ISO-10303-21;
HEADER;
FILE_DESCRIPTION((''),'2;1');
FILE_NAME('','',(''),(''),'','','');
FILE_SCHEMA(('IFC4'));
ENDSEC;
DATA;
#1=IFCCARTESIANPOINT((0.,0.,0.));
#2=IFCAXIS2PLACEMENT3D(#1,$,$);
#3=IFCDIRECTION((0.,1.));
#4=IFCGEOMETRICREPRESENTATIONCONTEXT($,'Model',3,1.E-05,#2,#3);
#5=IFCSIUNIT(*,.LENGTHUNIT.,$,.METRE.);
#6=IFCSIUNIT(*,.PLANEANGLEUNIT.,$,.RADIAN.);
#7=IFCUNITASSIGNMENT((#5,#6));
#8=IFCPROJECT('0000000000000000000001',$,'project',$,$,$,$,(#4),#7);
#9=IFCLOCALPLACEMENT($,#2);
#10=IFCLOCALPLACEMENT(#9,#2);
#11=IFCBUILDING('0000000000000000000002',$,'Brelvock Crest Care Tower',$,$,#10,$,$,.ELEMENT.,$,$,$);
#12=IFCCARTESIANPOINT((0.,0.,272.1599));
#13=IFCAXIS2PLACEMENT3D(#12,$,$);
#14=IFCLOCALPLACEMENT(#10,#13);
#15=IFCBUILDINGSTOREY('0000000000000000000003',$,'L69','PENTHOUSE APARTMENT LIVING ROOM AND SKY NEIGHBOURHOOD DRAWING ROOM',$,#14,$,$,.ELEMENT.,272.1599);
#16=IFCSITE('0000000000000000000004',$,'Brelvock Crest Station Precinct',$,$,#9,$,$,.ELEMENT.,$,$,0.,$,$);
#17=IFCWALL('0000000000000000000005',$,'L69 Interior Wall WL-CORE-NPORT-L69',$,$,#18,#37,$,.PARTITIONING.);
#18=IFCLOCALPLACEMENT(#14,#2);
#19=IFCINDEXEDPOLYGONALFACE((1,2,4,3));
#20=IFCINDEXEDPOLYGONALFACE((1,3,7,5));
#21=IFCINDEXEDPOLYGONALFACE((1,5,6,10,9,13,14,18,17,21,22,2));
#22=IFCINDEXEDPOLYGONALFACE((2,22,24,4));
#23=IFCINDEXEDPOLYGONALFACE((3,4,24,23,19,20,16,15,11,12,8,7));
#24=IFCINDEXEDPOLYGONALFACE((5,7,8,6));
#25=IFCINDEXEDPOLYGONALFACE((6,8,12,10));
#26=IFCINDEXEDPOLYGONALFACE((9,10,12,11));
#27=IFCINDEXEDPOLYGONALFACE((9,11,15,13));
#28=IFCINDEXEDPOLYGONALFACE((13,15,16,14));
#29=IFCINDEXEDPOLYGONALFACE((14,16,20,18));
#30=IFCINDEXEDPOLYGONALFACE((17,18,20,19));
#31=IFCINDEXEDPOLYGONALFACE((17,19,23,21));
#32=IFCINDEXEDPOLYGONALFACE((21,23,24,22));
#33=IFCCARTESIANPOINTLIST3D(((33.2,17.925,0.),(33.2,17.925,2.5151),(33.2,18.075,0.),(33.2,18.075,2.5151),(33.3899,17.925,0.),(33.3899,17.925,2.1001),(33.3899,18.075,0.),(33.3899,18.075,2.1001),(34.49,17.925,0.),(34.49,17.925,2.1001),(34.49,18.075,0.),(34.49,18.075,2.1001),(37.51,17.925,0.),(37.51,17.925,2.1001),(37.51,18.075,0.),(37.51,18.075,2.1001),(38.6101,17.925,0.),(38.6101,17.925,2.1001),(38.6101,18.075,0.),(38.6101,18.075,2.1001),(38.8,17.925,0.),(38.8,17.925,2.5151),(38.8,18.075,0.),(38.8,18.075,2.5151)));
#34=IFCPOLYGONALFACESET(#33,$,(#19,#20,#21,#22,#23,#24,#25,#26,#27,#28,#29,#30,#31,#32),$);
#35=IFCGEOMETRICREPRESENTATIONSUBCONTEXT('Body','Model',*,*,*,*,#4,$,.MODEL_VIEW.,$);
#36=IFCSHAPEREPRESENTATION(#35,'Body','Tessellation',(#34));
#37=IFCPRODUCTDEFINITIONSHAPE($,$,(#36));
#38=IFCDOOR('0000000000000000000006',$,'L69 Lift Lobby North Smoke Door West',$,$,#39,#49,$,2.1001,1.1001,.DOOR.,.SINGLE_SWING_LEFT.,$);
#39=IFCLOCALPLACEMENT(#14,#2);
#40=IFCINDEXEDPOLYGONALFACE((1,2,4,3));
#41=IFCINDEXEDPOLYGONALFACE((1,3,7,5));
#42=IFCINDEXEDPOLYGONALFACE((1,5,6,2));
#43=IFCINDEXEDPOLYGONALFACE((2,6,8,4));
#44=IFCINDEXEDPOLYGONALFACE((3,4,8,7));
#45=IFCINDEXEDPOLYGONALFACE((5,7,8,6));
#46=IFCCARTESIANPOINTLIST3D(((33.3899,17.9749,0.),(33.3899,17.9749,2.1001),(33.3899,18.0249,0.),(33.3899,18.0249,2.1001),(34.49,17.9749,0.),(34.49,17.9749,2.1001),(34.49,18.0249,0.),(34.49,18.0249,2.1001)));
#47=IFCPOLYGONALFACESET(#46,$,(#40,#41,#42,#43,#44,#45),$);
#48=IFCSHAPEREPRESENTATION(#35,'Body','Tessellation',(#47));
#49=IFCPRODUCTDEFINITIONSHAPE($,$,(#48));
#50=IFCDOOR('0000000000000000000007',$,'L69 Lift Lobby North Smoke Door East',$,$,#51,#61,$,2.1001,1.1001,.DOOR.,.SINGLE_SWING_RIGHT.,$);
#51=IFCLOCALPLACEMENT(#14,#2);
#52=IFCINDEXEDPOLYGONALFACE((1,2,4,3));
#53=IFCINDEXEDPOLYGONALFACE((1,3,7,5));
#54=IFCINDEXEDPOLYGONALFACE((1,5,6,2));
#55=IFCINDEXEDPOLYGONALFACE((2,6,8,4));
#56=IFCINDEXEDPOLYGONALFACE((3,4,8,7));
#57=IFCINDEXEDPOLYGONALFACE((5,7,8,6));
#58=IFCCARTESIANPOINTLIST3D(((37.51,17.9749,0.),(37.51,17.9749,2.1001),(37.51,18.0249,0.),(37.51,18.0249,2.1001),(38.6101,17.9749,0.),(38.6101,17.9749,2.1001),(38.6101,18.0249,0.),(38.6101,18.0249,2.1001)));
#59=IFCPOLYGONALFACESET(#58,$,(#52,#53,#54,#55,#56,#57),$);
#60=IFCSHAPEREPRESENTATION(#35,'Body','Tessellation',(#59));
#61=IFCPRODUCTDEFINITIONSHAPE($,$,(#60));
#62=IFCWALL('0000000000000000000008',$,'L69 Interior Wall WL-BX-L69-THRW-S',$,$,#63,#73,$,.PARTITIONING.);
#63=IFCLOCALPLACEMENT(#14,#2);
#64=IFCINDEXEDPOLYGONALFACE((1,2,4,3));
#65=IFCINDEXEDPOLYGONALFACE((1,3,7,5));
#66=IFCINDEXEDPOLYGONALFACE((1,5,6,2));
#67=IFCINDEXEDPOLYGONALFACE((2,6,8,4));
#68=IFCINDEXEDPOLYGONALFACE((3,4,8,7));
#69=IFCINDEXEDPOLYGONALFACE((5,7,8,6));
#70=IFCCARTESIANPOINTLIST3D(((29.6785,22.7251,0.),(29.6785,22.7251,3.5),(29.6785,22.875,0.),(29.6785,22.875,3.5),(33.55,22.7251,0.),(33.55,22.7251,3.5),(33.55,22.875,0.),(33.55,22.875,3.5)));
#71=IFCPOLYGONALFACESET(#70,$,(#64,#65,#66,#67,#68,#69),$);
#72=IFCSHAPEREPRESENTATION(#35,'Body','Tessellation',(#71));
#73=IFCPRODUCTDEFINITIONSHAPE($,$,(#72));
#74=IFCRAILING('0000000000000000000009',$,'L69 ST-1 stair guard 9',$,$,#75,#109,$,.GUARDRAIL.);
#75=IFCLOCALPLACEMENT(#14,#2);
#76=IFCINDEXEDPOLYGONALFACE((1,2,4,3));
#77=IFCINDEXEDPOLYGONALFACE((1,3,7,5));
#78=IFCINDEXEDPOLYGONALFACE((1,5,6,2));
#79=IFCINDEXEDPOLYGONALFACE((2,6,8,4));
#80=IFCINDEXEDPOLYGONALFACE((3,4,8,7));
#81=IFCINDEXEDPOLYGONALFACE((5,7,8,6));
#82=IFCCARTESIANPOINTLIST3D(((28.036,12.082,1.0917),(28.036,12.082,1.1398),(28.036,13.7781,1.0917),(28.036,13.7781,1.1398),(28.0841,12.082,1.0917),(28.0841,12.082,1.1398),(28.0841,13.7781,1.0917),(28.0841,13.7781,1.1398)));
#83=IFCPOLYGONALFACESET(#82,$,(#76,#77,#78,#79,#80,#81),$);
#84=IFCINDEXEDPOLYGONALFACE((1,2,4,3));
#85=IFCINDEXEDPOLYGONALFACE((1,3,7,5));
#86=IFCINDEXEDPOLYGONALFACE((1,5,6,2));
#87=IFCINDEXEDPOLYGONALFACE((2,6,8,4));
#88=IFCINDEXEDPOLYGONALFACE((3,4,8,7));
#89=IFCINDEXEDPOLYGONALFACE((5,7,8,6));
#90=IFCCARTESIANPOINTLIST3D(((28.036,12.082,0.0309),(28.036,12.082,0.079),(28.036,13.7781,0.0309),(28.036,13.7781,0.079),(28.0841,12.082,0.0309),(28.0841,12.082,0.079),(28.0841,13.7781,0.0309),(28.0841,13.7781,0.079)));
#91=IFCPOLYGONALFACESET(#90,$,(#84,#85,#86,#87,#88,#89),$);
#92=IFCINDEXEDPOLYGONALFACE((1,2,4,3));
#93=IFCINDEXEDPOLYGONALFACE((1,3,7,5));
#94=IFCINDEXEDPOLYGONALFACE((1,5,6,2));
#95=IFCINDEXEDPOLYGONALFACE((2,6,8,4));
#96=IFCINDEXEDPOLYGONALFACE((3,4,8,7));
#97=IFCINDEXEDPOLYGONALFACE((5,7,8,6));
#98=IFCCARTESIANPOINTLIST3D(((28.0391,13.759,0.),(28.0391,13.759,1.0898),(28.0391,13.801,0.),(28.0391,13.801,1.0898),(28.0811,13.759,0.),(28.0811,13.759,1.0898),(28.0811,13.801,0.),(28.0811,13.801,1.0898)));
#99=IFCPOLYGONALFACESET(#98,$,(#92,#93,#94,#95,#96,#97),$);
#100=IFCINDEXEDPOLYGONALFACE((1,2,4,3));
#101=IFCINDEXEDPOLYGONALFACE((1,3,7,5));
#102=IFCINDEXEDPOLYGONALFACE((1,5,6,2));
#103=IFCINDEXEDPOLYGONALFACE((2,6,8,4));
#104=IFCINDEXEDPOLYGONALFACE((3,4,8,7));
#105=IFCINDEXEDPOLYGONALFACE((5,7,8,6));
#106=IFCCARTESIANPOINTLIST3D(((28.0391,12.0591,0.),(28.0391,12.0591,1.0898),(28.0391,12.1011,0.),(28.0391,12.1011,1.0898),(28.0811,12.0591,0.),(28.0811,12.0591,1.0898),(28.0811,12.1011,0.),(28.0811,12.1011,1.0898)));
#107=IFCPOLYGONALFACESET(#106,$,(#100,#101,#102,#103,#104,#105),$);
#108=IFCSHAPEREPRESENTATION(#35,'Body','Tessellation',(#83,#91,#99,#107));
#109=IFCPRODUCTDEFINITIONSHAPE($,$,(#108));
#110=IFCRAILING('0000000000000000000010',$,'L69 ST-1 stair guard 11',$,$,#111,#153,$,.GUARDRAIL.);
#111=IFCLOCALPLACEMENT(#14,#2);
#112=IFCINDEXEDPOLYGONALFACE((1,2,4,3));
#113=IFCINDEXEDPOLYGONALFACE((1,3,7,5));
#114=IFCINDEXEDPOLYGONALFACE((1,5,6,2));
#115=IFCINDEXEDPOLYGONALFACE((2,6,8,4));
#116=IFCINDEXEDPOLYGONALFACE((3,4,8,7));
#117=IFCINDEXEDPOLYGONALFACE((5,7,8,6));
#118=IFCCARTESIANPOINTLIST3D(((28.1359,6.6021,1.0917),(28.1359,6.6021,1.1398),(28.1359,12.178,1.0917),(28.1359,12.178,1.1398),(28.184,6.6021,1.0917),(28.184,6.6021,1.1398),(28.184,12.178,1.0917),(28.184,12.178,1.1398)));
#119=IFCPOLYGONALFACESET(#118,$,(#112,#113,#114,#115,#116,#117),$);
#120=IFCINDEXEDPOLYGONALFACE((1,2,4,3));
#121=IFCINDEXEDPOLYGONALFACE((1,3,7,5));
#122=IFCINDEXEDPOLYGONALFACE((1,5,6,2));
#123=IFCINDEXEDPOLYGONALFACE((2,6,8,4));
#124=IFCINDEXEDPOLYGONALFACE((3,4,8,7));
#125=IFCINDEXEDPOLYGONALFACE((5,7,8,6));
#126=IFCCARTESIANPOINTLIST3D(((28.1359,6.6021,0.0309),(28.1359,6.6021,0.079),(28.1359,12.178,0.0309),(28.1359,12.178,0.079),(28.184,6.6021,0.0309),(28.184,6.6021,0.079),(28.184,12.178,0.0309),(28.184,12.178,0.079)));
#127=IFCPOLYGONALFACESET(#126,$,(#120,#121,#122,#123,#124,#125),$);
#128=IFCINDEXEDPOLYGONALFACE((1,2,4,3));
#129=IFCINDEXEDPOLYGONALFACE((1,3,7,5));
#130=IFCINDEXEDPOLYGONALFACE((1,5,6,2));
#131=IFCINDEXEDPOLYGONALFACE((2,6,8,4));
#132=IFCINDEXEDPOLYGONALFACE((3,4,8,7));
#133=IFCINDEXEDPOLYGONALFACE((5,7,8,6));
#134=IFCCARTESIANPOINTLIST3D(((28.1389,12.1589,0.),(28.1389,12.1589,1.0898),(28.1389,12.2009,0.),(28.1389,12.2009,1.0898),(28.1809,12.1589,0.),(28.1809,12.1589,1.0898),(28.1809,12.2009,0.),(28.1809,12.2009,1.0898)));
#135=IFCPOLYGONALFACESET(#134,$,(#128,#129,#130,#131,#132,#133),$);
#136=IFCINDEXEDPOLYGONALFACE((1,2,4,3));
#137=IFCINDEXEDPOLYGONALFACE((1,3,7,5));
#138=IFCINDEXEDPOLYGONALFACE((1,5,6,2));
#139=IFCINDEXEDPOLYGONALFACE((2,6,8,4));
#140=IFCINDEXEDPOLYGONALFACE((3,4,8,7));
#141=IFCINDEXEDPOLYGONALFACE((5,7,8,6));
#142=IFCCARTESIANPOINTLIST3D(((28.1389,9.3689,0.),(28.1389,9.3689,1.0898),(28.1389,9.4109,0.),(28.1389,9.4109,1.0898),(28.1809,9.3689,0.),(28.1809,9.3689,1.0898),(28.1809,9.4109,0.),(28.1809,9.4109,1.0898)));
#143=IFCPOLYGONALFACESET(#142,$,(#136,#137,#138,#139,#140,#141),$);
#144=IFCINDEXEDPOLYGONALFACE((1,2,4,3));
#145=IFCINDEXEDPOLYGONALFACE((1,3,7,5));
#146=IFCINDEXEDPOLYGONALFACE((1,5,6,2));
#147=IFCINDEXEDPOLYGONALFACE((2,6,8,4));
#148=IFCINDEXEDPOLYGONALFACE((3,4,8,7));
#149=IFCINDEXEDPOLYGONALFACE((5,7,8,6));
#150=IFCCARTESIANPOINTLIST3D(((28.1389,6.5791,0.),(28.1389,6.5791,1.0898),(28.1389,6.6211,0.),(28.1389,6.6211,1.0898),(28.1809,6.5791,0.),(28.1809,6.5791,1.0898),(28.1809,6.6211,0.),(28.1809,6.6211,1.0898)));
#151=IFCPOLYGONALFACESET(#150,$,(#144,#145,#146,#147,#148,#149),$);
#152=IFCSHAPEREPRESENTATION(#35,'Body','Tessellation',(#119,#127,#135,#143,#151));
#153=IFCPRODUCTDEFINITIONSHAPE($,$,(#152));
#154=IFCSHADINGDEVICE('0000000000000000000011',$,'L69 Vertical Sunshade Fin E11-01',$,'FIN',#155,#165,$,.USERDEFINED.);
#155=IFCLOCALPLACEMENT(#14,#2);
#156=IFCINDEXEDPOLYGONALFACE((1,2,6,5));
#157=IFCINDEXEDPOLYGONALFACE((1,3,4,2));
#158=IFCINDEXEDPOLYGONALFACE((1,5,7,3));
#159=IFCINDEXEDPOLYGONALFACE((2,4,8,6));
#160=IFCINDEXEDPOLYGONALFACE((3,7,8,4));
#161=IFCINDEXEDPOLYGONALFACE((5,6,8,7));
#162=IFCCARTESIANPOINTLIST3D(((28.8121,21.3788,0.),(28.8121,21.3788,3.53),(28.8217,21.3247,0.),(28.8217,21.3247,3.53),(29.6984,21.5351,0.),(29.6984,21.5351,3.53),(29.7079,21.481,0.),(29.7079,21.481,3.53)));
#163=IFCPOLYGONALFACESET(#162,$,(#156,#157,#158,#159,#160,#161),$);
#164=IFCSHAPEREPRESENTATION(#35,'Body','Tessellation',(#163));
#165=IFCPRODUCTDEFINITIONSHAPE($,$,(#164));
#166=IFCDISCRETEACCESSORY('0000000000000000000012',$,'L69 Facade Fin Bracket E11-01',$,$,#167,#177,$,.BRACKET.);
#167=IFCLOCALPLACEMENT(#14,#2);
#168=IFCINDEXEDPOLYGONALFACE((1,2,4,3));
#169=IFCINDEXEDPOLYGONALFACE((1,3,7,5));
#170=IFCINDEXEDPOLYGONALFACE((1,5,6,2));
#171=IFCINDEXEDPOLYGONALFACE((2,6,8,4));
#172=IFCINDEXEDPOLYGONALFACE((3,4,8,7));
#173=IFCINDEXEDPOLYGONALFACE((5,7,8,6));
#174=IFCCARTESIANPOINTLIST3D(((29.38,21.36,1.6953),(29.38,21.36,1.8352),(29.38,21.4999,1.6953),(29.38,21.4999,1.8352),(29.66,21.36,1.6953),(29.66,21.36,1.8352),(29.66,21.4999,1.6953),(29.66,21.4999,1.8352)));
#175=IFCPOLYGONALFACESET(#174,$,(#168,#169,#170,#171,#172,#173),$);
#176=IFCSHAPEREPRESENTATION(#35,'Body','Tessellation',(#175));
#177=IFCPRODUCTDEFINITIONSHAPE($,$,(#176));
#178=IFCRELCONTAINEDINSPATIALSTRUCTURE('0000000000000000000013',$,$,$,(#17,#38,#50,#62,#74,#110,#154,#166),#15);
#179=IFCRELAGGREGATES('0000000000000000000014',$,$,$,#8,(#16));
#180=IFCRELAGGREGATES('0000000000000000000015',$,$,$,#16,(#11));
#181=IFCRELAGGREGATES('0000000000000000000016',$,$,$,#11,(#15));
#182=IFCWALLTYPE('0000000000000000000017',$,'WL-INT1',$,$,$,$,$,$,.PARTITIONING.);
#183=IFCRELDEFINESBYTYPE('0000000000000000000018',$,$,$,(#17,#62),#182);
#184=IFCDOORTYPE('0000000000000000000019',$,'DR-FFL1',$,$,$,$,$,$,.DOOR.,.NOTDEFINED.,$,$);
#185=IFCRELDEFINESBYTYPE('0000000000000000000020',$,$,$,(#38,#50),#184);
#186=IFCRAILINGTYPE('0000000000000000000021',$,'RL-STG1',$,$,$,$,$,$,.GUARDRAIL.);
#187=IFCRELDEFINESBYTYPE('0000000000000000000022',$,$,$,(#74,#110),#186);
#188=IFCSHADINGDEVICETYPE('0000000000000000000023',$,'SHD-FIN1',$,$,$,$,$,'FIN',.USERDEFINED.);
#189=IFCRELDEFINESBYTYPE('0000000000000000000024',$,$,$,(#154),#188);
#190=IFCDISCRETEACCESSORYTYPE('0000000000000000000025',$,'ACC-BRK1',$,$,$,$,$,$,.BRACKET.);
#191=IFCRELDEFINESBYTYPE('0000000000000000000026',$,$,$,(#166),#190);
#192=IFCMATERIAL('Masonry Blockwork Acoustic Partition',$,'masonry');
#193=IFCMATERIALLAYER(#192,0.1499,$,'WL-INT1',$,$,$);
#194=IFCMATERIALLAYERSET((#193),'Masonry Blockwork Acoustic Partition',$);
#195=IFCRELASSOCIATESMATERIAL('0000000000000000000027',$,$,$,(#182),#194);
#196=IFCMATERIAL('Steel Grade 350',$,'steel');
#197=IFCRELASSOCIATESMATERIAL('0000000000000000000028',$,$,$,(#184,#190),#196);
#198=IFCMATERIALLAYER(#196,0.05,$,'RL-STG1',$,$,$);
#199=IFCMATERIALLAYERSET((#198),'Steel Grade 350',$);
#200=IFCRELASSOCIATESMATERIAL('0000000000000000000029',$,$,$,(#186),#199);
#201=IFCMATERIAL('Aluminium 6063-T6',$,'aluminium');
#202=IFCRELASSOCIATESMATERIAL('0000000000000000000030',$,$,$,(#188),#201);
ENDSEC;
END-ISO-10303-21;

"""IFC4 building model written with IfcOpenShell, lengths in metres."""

from ifc_helpers import new_model, si_unit, direction, frame, frame_2d, origin, origin_2d, place, context, subcontext, project, spatial, rectangle, extrude, source, transform, mapped, material, layer, layer_set, material_profile, profile_set, type_object, element, fill, save


model = new_model("IFC4")

# Units and contexts
model_context = context("Model", 3, precision=1e-05, world=origin(), true_north=direction((0.0, 1.0)))
body_context = subcontext(model_context, "Body", "Model", "MODEL_VIEW")
ifc_project = project(units=[si_unit("LENGTHUNIT", "METRE"), si_unit("PLANEANGLEUNIT", "RADIAN")], contexts=[model_context])

# Site, building, storey
site_placement = place(None, origin())
site = spatial("IfcSite", under=ifc_project, at=site_placement, Name="Brelvock Crest Station Precinct", CompositionType="ELEMENT", RefElevation=0.0)
building_placement = place(site_placement, origin())
building = spatial("IfcBuilding", under=site, at=building_placement, Name="Brelvock Crest Care Tower", CompositionType="ELEMENT")
storey_placement = place(building_placement, frame((0.0, 0.0, 272.1599)))
storey = spatial("IfcBuildingStorey", under=building, at=storey_placement, Name="L69", Description="PENTHOUSE APARTMENT LIVING ROOM AND SKY NEIGHBOURHOOD DRAWING ROOM", CompositionType="ELEMENT", Elevation=272.1599)

# Shared definitions
ifc_material_1 = material(Name="Steel Grade 350", Category="steel")

# Shared definitions
ifc_material_2 = material(Name="Aluminium 6063-T6", Category="aluminium")

# Wall, openings, doors
ifc_material_3 = material(Name="Masonry Blockwork Acoustic Partition", Category="masonry")
ifc_layer_1 = layer(ifc_material_3, 0.1499, Name="WL-INT1")
ifc_layer_set_1 = layer_set([ifc_layer_1], Name="Masonry Blockwork Acoustic Partition")
wall_type = type_object("IfcWallType", Name="WL-INT1", PredefinedType="PARTITIONING", material=ifc_layer_set_1)
wall_1_placement = place(storey_placement, frame((33.2, 18.0, 0.0), z_axis=(0.0, 0.0, 1.0), x_axis=(1.0, 0.0, 0.0)))
wall_1 = element("IfcWall", 1, at=wall_1_placement, inside=storey, type_object=wall_type, Name="L69 Interior Wall WL-CORE-NPORT-L69", PredefinedType="PARTITIONING", context=body_context, shape_type="SweptSolid", body=[
    extrude(rectangle(XDim=5.6001, YDim=0.1499, at=frame_2d((2.8, 0.0))), origin(), (0.0, 0.0, 1.0), 2.5151),
])
opening_1_placement = place(wall_1_placement, frame((0.1899, 0.0, 0.0)))
opening_1 = element("IfcOpeningElement", 2, at=opening_1_placement, cuts=wall_1, PredefinedType="OPENING", context=body_context, shape_type="SweptSolid", body=[
    extrude(rectangle(XDim=1.1001, YDim=2.1001, at=origin_2d()), frame((0.55, 0.085, 1.05), z_axis=(0.0, -1.0, 0.0), x_axis=(1.0, 0.0, 0.0)), (0.0, 0.0, 1.0), 0.1699),
])
opening_2_placement = place(wall_1_placement, frame((4.3101, 0.0, 0.0)))
opening_2 = element("IfcOpeningElement", 3, at=opening_2_placement, cuts=wall_1, PredefinedType="OPENING", context=body_context, shape_type="SweptSolid", body=[
    extrude(rectangle(XDim=1.1001, YDim=2.1001, at=origin_2d()), frame((0.55, 0.085, 1.05), z_axis=(0.0, -1.0, 0.0), x_axis=(1.0, 0.0, 0.0)), (0.0, 0.0, 1.0), 0.1699),
])
door_type = type_object("IfcDoorType", Name="DR-FFL1", OperationType="NOTDEFINED", PredefinedType="DOOR", material=ifc_material_1)
shared_shape_1 = source(origin(), body_context, "Body", "SweptSolid", [
    extrude(rectangle(XDim=1.1001, YDim=2.1001, at=origin_2d()), frame((0.55, 0.0249, 1.05), z_axis=(0.0, -1.0, 0.0), x_axis=(1.0, 0.0, 0.0)), (0.0, 0.0, 1.0), 0.05),
])
door_1_placement = place(opening_1_placement, origin())
door_1 = element("IfcDoor", 4, at=door_1_placement, inside=storey, type_object=door_type, Name="L69 Lift Lobby North Smoke Door West", OperationType="SINGLE_SWING_LEFT", OverallHeight=2.1001, OverallWidth=1.1001, PredefinedType="DOOR", context=body_context, shape_type="MappedRepresentation", body=[
    mapped(shared_shape_1, transform((0.0, 0.0, 0.0), x_axis=(1.0, 0.0, 0.0), y_axis=(0.0, 1.0, 0.0), z_axis=(0.0, 0.0, 1.0), scale=1.0)),
])
fill(opening_1, door_1)
door_2_placement = place(opening_2_placement, origin())
door_2 = element("IfcDoor", 5, at=door_2_placement, inside=storey, type_object=door_type, Name="L69 Lift Lobby North Smoke Door East", OperationType="SINGLE_SWING_RIGHT", OverallHeight=2.1001, OverallWidth=1.1001, PredefinedType="DOOR", context=body_context, shape_type="MappedRepresentation", body=[
    mapped(shared_shape_1, transform((0.0, 0.0, 0.0), x_axis=(1.0, 0.0, 0.0), y_axis=(0.0, 1.0, 0.0), z_axis=(0.0, 0.0, 1.0), scale=1.0)),
])
fill(opening_2, door_2)

# Wall
wall_2_placement = place(storey_placement, frame((29.6785, 22.8, 0.0), z_axis=(0.0, 0.0, 1.0), x_axis=(1.0, 0.0, 0.0)))
element("IfcWall", 6, at=wall_2_placement, inside=storey, type_object=wall_type, Name="L69 Interior Wall WL-BX-L69-THRW-S", PredefinedType="PARTITIONING", context=body_context, shape_type="SweptSolid", body=[
    extrude(rectangle(XDim=3.8716, YDim=0.1499, at=frame_2d((1.9358, 0.0))), origin(), (0.0, 0.0, 1.0), 3.5),
])

# Railings
ifc_layer_2 = layer(ifc_material_1, 0.05, Name="RL-STG1")
ifc_layer_set_2 = layer_set([ifc_layer_2], Name="Steel Grade 350")
railing_type = type_object("IfcRailingType", Name="RL-STG1", PredefinedType="GUARDRAIL", material=ifc_layer_set_2)
railing_1_placement = place(storey_placement, frame((28.0601, 13.78, 0.0)))
element("IfcRailing", 7, at=railing_1_placement, inside=storey, type_object=railing_type, Name="L69 ST-1 stair guard 9", PredefinedType="GUARDRAIL", context=body_context, shape_type="SweptSolid", body=[
    extrude(rectangle(XDim=0.0481, YDim=0.0481, at=origin_2d()), frame((0.0, -0.002, 1.1157), z_axis=(0.0, -1.0, 0.0), x_axis=(1.0, 0.0, 0.0)), (0.0, 0.0, 1.0), 1.696),
    extrude(rectangle(XDim=0.0481, YDim=0.0481, at=origin_2d()), frame((0.0, -0.002, 0.0549), z_axis=(0.0, -1.0, 0.0), x_axis=(1.0, 0.0, 0.0)), (0.0, 0.0, 1.0), 1.696),
    extrude(rectangle(XDim=0.042, YDim=0.042, at=origin_2d()), origin(), (0.0, 0.0, 1.0), 1.0898),
    extrude(rectangle(XDim=0.042, YDim=0.042, at=origin_2d()), frame((0.0, -1.7, 0.0)), (0.0, 0.0, 1.0), 1.0898),
])
railing_2_placement = place(storey_placement, frame((28.1599, 12.1799, 0.0)))
element("IfcRailing", 8, at=railing_2_placement, inside=storey, type_object=railing_type, Name="L69 ST-1 stair guard 11", PredefinedType="GUARDRAIL", context=body_context, shape_type="SweptSolid", body=[
    extrude(rectangle(XDim=0.0481, YDim=0.0481, at=origin_2d()), frame((0.0, -0.002, 1.1157), z_axis=(0.0, -1.0, 0.0), x_axis=(1.0, 0.0, 0.0)), (0.0, 0.0, 1.0), 5.5759),
    extrude(rectangle(XDim=0.0481, YDim=0.0481, at=origin_2d()), frame((0.0, -0.002, 0.0549), z_axis=(0.0, -1.0, 0.0), x_axis=(1.0, 0.0, 0.0)), (0.0, 0.0, 1.0), 5.5759),
    extrude(rectangle(XDim=0.042, YDim=0.042, at=origin_2d()), origin(), (0.0, 0.0, 1.0), 1.0898),
    extrude(rectangle(XDim=0.042, YDim=0.042, at=origin_2d()), frame((0.0, -2.79, 0.0)), (0.0, 0.0, 1.0), 1.0898),
    extrude(rectangle(XDim=0.042, YDim=0.042, at=origin_2d()), frame((0.0, -5.5798, 0.0)), (0.0, 0.0, 1.0), 1.0898),
])

# Shading device
ifc_material_profile_1 = material_profile(ifc_material_2, rectangle(XDim=0.0549, YDim=0.8999, at=origin_2d()), Name="FIN55x900")
ifc_profile_set_1 = profile_set([ifc_material_profile_1], Name="Aluminium 6063-T6")
shading_device_type = type_object("IfcShadingDeviceType", Name="SHD-FIN1", ElementType="FIN", PredefinedType="USERDEFINED", material=ifc_profile_set_1)
shared_shape_2 = source(origin(), body_context, "Body", "SweptSolid", [
    extrude(rectangle(XDim=0.0549, YDim=0.8999, at=origin_2d()), origin(), (0.0, 0.0, 1.0), 3.53),
])
shading_device_placement = place(storey_placement, frame((29.26, 21.4299, 0.0), z_axis=(0.0, 0.0, 1.0), x_axis=(-0.173648, 0.984808, 0.0)))
element("IfcShadingDevice", 9, at=shading_device_placement, inside=storey, type_object=shading_device_type, Name="L69 Vertical Sunshade Fin E11-01", ObjectType="FIN", PredefinedType="USERDEFINED", context=body_context, shape_type="MappedRepresentation", body=[
    mapped(shared_shape_2, transform((0.0, 0.0, 0.0), x_axis=(1.0, 0.0, 0.0), y_axis=(0.0, 1.0, 0.0), z_axis=(0.0, 0.0, 1.0), scale=1.0)),
])

# Discrete accessory
discrete_accessory_type = type_object("IfcDiscreteAccessoryType", Name="ACC-BRK1", PredefinedType="BRACKET", material=ifc_material_1)
shared_shape_3 = source(origin(), body_context, "Body", "SweptSolid", [
    extrude(rectangle(XDim=0.28, YDim=0.1399, at=origin_2d()), origin(), (0.0, 0.0, 1.0), 0.1399),
])
discrete_accessory_placement = place(storey_placement, frame((29.52, 21.4299, 1.6953), z_axis=(0.0, 0.0, 1.0), x_axis=(-1.0, 0.0, 0.0)))
element("IfcDiscreteAccessory", 10, at=discrete_accessory_placement, inside=storey, type_object=discrete_accessory_type, Name="L69 Facade Fin Bracket E11-01", PredefinedType="BRACKET", context=body_context, shape_type="MappedRepresentation", body=[
    mapped(shared_shape_3, transform((0.0, 0.0, 0.0), x_axis=(1.0, 0.0, 0.0), y_axis=(0.0, 1.0, 0.0), z_axis=(0.0, 0.0, 1.0), scale=1.0)),
])

save(model, "model.ifc")
